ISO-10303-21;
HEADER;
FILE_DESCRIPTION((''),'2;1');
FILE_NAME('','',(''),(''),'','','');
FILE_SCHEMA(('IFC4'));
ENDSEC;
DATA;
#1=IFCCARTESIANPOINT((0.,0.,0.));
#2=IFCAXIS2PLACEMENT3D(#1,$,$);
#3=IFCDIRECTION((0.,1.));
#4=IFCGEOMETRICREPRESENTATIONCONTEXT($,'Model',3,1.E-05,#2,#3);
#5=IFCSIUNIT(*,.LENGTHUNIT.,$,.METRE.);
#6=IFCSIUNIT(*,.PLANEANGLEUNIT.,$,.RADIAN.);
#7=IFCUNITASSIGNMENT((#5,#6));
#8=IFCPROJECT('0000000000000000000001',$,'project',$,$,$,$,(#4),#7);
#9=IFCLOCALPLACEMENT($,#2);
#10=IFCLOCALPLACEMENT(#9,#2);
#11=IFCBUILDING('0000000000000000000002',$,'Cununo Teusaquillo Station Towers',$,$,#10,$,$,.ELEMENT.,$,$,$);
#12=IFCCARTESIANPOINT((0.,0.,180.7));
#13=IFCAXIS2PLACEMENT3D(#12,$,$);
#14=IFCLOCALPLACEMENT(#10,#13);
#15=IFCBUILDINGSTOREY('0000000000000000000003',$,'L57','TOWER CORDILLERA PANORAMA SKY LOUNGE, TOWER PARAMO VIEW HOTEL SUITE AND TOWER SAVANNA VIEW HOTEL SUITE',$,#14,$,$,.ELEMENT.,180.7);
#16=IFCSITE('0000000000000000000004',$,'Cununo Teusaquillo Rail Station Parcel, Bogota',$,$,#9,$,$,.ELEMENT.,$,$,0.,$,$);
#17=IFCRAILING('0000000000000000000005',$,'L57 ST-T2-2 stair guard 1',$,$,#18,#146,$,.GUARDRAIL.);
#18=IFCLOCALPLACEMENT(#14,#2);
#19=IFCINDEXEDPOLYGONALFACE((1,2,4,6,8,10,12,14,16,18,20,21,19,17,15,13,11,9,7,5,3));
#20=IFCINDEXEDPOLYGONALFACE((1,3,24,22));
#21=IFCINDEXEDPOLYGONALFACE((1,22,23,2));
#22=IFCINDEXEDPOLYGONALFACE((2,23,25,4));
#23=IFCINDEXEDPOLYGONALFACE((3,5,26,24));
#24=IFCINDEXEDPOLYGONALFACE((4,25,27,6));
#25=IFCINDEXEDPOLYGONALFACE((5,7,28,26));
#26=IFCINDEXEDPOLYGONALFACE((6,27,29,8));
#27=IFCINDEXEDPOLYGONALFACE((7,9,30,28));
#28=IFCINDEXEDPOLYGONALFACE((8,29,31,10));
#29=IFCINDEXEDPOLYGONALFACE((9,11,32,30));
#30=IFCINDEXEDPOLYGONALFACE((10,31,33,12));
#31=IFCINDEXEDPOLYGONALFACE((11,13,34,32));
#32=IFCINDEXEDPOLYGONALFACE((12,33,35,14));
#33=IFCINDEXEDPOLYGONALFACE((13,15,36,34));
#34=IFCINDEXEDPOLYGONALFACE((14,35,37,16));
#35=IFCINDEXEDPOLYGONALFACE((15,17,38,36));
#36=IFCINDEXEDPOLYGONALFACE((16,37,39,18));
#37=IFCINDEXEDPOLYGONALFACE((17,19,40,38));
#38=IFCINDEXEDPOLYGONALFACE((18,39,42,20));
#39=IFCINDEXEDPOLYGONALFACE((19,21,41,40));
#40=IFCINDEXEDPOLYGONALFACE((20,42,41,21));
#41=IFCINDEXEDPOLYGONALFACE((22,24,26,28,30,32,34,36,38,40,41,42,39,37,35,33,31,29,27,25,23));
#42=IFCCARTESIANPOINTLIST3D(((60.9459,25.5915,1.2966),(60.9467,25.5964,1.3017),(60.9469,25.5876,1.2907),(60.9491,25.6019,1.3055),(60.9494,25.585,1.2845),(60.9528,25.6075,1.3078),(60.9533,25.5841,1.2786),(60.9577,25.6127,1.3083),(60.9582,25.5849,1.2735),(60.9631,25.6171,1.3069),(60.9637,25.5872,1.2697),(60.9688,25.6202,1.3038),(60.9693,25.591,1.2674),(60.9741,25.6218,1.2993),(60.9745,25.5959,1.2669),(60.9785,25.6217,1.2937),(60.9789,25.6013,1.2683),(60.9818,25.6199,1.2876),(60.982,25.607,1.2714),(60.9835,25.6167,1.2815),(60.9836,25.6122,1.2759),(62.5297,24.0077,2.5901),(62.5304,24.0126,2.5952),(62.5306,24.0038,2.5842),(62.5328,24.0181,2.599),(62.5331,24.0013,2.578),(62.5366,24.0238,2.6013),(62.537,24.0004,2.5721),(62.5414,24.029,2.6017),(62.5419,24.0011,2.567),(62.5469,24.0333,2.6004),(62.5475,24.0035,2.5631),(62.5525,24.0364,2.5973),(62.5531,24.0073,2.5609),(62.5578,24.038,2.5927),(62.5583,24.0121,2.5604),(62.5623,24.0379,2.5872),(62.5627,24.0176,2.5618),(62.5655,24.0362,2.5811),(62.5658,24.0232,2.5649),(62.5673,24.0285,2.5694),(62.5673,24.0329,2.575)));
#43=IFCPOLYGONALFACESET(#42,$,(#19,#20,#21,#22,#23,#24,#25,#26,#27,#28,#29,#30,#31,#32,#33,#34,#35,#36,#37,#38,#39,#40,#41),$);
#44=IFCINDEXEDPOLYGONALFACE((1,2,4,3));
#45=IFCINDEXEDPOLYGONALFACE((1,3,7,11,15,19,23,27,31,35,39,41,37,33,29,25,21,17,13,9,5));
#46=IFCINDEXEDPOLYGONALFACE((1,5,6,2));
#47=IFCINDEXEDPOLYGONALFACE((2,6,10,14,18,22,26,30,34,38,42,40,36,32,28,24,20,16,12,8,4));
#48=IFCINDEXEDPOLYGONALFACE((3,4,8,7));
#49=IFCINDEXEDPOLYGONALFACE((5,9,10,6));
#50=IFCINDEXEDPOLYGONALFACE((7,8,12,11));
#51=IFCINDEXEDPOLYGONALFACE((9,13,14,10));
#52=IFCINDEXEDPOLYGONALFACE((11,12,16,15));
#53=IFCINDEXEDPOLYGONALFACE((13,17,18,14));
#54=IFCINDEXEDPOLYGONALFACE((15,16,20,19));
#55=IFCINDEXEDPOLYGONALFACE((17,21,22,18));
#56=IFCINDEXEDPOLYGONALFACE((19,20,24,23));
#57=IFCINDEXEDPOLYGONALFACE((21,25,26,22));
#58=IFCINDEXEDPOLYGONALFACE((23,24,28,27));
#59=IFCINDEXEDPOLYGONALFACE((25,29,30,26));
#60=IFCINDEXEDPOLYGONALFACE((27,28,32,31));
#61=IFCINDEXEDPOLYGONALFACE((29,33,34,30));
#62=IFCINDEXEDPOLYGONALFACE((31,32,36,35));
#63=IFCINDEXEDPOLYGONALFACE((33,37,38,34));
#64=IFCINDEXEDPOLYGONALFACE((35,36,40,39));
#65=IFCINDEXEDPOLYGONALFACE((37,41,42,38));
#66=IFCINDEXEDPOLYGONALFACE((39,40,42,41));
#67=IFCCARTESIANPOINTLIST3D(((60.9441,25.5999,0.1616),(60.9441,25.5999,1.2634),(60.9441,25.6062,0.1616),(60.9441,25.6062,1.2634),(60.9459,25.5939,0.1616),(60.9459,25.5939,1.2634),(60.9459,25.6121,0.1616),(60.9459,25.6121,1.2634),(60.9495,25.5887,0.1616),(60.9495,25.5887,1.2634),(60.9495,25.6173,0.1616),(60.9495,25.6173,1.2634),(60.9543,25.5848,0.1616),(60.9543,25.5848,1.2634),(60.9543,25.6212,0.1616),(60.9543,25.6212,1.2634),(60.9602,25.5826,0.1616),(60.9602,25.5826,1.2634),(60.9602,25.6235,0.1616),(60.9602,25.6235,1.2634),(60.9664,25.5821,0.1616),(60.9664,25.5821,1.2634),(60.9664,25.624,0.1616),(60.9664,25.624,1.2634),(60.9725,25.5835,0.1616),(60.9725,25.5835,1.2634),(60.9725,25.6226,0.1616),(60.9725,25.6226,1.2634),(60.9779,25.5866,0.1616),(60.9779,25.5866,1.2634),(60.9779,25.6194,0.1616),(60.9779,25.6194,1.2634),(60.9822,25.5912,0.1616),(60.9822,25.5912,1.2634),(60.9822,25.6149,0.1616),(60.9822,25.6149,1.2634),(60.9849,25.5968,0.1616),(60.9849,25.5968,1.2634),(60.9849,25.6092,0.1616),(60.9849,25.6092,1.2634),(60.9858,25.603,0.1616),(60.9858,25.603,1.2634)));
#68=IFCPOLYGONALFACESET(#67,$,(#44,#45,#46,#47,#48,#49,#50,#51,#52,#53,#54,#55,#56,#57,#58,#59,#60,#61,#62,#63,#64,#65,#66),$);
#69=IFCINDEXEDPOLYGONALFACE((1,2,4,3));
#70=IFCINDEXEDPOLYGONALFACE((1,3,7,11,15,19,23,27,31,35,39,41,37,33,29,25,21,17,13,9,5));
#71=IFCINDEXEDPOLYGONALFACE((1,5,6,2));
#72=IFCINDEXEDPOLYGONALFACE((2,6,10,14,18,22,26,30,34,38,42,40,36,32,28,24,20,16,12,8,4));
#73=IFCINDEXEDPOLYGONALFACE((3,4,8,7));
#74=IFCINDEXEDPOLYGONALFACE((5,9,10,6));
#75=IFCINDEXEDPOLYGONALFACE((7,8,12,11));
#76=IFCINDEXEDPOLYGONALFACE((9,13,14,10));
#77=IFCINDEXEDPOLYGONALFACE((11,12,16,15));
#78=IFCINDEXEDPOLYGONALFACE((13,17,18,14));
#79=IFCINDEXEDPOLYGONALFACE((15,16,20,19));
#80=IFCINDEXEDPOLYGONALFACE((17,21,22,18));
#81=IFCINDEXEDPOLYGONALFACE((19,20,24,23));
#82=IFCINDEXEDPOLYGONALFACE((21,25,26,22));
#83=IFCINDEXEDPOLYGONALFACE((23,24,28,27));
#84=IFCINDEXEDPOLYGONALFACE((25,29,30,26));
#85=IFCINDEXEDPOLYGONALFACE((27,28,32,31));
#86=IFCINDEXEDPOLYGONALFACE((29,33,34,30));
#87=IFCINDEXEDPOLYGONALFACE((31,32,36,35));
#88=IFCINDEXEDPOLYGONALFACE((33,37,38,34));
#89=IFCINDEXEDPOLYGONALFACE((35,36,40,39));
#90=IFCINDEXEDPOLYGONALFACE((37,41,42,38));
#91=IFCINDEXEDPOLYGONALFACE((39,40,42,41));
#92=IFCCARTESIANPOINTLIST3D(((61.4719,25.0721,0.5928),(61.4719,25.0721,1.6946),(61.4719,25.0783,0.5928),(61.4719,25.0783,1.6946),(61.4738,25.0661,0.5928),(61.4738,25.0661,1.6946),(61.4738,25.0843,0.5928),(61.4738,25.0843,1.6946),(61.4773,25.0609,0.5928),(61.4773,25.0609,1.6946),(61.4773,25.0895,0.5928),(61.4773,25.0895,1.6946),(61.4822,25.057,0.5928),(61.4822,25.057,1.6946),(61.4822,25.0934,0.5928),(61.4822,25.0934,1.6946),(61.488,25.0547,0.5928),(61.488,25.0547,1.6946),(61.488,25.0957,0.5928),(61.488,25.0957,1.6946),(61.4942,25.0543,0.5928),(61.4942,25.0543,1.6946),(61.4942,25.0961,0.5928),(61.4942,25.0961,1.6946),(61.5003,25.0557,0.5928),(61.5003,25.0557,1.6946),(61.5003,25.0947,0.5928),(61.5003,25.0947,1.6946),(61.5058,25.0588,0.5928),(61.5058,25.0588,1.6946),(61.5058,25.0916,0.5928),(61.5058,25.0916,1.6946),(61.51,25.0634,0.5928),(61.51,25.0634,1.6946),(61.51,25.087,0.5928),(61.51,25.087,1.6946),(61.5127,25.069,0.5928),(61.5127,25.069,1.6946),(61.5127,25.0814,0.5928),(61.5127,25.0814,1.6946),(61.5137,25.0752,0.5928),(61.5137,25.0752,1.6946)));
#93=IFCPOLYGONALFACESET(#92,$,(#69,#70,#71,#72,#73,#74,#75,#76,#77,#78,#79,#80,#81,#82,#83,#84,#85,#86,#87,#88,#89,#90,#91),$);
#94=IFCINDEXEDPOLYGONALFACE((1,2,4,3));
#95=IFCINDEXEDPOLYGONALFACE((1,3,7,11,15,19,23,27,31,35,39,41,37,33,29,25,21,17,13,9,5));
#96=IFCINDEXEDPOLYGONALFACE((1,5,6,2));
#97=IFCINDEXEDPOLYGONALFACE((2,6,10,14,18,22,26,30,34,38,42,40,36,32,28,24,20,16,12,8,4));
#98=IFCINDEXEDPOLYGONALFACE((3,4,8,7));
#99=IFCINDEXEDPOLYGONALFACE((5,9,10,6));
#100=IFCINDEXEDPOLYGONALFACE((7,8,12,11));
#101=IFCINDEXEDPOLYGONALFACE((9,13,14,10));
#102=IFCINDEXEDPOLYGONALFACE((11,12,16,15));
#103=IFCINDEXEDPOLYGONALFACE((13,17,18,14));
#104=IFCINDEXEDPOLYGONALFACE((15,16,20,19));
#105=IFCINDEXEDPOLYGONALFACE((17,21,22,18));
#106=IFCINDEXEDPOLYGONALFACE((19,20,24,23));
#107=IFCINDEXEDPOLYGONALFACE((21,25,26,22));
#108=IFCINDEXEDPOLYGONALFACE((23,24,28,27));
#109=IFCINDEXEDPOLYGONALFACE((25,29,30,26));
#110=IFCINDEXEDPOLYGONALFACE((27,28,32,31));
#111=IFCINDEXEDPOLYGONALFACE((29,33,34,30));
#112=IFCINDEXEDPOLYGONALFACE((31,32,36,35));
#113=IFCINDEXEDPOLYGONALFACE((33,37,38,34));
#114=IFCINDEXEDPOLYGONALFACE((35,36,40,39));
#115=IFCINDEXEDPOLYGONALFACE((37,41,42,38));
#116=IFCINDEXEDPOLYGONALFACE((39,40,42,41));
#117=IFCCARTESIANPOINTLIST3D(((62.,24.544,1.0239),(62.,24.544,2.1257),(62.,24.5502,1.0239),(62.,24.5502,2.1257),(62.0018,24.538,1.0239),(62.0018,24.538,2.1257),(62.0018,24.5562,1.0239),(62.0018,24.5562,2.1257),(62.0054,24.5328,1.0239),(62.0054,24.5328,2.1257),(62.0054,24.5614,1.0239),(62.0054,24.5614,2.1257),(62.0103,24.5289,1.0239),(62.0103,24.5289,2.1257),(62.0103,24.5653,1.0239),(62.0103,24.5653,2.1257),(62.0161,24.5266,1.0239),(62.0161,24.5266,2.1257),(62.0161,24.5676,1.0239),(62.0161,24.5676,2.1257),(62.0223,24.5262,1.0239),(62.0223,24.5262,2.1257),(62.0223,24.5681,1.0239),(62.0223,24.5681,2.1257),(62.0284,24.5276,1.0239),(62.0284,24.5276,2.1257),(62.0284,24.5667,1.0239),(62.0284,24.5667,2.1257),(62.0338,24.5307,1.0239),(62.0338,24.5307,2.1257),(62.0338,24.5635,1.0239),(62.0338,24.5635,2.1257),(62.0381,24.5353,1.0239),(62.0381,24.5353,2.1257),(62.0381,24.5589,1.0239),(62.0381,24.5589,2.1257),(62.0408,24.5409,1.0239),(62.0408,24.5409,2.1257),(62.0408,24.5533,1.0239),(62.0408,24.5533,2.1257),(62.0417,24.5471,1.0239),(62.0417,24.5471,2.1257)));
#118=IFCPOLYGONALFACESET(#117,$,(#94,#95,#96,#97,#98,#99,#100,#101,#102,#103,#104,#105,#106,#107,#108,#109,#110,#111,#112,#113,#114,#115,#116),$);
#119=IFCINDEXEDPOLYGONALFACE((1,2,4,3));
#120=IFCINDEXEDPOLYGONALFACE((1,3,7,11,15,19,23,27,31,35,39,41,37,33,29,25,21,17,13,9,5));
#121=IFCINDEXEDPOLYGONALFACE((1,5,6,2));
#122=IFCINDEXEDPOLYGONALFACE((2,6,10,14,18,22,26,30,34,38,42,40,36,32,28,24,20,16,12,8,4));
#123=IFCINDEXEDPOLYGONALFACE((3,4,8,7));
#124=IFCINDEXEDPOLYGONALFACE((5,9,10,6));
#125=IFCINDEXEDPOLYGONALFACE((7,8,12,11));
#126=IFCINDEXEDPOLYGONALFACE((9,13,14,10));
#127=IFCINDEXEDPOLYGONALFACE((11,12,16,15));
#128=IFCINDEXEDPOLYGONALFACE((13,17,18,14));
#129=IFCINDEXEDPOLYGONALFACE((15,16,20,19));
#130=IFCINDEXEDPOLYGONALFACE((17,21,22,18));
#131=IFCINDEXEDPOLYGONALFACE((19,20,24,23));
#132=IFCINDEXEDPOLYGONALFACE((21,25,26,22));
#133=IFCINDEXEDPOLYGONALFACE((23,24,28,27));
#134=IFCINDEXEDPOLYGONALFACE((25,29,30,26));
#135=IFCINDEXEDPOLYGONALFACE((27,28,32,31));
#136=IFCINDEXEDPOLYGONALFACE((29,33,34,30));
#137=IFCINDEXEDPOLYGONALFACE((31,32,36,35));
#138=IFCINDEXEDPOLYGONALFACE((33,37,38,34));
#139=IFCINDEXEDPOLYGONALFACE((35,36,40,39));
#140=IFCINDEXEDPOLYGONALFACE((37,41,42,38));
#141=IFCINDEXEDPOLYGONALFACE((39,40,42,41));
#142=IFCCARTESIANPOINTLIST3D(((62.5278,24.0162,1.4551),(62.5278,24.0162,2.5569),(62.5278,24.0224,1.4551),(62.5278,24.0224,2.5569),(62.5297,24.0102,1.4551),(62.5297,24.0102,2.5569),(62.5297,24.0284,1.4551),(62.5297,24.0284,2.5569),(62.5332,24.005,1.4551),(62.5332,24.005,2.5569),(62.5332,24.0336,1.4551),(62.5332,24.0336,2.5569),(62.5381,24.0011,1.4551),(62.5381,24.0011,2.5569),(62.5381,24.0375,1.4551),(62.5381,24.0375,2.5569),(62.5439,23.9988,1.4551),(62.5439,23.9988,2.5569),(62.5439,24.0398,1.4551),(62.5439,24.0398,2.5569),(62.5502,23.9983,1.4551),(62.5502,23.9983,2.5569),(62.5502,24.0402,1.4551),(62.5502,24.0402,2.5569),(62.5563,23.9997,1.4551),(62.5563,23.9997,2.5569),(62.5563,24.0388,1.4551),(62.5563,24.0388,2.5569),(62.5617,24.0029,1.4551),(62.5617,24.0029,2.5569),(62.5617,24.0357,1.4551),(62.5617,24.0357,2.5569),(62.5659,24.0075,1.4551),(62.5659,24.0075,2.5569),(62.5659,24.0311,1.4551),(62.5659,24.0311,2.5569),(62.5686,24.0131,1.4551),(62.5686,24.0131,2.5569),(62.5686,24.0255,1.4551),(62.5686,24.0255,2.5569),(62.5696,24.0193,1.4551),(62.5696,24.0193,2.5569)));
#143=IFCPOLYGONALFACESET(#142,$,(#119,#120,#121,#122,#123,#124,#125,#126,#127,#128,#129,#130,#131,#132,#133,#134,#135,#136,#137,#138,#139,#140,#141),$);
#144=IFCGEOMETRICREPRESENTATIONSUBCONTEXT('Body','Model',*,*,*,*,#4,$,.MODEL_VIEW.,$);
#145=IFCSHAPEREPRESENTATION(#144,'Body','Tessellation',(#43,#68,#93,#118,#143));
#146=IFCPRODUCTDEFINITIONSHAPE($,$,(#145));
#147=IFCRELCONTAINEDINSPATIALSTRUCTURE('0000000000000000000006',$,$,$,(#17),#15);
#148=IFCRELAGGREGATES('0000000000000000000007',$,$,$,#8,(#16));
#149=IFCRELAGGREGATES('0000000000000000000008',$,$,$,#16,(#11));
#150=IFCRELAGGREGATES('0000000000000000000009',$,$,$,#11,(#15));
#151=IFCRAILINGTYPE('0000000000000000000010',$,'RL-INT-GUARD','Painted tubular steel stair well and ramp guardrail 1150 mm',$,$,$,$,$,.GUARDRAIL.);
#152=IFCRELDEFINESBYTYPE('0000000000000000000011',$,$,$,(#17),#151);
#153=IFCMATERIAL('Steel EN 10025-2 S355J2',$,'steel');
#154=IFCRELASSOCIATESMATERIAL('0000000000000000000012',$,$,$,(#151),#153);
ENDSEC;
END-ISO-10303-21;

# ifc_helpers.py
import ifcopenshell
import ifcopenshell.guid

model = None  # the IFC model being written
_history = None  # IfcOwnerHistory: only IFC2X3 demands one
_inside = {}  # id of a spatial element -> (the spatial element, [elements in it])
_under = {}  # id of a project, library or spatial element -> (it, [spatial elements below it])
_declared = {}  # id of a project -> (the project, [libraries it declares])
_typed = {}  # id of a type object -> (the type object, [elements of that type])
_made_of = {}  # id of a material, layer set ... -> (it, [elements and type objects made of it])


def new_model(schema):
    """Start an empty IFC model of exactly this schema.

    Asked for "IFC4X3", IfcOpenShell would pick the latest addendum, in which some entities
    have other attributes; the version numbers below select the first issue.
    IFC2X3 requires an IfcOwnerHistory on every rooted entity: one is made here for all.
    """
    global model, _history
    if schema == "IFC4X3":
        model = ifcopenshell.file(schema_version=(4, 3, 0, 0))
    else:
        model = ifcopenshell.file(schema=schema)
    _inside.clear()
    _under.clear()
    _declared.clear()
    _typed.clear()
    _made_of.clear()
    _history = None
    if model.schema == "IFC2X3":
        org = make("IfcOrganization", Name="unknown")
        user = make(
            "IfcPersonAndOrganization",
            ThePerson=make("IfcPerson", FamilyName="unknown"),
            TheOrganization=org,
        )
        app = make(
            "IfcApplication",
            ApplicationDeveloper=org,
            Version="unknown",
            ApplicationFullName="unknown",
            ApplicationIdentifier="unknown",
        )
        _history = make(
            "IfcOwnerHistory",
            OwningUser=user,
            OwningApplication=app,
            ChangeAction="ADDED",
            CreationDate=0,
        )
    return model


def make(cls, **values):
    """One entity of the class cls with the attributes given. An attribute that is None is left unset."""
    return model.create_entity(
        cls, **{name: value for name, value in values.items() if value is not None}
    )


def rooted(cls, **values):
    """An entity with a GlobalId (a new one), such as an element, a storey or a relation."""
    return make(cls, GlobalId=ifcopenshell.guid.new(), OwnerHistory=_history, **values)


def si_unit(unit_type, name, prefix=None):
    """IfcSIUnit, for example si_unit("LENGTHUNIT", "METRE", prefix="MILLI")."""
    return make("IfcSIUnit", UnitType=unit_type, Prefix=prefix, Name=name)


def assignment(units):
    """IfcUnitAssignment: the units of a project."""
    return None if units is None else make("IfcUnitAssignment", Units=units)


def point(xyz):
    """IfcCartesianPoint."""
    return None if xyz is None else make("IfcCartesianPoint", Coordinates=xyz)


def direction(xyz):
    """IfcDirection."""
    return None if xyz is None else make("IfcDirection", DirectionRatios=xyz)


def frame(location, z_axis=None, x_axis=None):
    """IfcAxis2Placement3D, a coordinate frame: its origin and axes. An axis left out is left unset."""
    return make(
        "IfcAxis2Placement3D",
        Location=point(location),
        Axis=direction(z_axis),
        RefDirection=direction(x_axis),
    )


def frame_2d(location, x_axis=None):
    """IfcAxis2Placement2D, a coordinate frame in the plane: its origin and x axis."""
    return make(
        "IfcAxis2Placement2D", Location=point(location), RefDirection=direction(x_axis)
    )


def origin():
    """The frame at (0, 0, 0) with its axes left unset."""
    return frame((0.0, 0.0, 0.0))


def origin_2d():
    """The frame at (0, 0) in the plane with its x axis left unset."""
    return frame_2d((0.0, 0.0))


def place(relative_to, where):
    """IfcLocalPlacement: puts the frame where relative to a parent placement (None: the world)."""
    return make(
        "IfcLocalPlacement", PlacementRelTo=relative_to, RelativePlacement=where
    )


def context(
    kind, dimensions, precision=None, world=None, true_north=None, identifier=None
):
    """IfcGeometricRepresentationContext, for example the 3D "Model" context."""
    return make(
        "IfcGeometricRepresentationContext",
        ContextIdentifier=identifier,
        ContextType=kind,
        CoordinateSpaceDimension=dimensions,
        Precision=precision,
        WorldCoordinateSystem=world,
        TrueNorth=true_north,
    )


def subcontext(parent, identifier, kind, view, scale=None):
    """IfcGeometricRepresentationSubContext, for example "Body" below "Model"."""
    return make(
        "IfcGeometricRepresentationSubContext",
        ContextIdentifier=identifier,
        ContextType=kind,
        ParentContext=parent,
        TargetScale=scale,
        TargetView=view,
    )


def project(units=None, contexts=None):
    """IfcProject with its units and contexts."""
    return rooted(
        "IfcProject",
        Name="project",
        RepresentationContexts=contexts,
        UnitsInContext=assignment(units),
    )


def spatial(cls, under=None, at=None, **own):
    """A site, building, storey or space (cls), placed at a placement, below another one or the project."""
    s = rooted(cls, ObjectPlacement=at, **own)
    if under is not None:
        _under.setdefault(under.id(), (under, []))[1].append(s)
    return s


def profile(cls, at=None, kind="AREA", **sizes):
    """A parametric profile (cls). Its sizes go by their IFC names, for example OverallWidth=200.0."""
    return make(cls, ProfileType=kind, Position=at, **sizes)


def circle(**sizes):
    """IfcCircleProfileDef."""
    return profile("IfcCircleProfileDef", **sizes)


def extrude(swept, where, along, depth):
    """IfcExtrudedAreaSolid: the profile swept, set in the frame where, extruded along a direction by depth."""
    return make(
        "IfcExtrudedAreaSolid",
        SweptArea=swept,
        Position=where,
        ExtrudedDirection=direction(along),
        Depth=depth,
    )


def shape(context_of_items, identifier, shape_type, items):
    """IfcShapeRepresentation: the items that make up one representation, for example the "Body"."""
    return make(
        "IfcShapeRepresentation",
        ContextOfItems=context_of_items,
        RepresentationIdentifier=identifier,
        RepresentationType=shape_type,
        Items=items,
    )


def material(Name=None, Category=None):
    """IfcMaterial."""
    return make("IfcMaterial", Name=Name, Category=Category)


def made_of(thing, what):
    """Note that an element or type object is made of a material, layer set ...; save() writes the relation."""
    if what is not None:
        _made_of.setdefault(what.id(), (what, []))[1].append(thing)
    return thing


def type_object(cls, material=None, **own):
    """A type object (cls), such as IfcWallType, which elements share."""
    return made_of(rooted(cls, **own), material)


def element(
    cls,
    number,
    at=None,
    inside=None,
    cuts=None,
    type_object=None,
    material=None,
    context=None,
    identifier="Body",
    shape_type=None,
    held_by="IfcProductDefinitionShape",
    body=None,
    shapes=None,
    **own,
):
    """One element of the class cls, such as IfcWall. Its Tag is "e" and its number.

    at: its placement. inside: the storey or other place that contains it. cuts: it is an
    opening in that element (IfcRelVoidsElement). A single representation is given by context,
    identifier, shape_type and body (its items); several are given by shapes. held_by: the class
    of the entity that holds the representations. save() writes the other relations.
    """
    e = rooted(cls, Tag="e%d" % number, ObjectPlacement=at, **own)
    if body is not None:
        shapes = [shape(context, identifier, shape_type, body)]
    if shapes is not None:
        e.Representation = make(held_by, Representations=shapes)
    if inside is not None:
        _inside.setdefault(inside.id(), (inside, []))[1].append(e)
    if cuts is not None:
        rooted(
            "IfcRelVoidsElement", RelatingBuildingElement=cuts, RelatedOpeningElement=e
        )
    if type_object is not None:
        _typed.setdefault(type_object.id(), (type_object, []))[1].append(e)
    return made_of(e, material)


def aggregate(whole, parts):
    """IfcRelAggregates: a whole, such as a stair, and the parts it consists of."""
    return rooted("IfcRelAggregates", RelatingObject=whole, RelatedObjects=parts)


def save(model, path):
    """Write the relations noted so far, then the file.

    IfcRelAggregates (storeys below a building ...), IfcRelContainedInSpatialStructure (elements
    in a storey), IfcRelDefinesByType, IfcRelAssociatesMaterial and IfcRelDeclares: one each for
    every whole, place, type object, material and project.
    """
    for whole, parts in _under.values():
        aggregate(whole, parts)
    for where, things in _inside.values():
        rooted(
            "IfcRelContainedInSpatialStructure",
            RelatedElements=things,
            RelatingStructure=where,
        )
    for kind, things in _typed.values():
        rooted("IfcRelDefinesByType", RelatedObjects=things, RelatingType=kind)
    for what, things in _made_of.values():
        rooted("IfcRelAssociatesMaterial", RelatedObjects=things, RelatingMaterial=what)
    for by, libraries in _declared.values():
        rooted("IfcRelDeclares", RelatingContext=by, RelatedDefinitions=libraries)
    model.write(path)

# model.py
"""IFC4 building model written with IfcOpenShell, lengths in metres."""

from ifc_helpers import new_model, si_unit, direction, frame, origin, origin_2d, place, context, subcontext, project, spatial, circle, extrude, material, type_object, element, save


model = new_model("IFC4")

# Units and contexts
model_context = context("Model", 3, precision=1e-05, world=origin(), true_north=direction((0.0, 1.0)))
body_context = subcontext(model_context, "Body", "Model", "MODEL_VIEW")
ifc_project = project(units=[si_unit("LENGTHUNIT", "METRE"), si_unit("PLANEANGLEUNIT", "RADIAN")], contexts=[model_context])

# Site, building, storey
site_placement = place(None, origin())
site = spatial("IfcSite", under=ifc_project, at=site_placement, Name="Cununo Teusaquillo Rail Station Parcel, Bogota", CompositionType="ELEMENT", RefElevation=0.0)
building_placement = place(site_placement, origin())
building = spatial("IfcBuilding", under=site, at=building_placement, Name="Cununo Teusaquillo Station Towers", CompositionType="ELEMENT")
storey_placement = place(building_placement, frame((0.0, 0.0, 180.7)))
storey = spatial("IfcBuildingStorey", under=building, at=storey_placement, Name="L57", Description="TOWER CORDILLERA PANORAMA SKY LOUNGE, TOWER PARAMO VIEW HOTEL SUITE AND TOWER SAVANNA VIEW HOTEL SUITE", CompositionType="ELEMENT", Elevation=180.7)

# Railing
ifc_material_1 = material(Name="Steel EN 10025-2 S355J2", Category="steel")
railing_type_1 = type_object("IfcRailingType", Name="RL-INT-GUARD", Description="Painted tubular steel stair well and ramp guardrail 1150 mm", PredefinedType="GUARDRAIL", material=ifc_material_1)
railing_1_placement = place(storey_placement, frame((60.9648, 25.603, 0.1616)))
element("IfcRailing", 1, at=railing_1_placement, inside=storey, type_object=railing_type_1, Name="L57 ST-T2-2 stair guard 1", PredefinedType="GUARDRAIL", context=body_context, shape_type="SweptSolid", body=[
    extrude(circle(Radius=0.0239, at=origin_2d()), frame((0.0, 0.0, 1.126), z_axis=(0.612332, -0.612332, 0.500098), x_axis=(0.707107, 0.707107, 0.0)), (0.0, 0.0, 1.0), 2.5864),
    extrude(circle(Radius=0.021, at=origin_2d()), origin(), (0.0, 0.0, 1.0), 1.1018),
    extrude(circle(Radius=0.021, at=origin_2d()), frame((0.5278, -0.5278, 0.4312)), (0.0, 0.0, 1.0), 1.1018),
    extrude(circle(Radius=0.021, at=origin_2d()), frame((1.0559, -1.0559, 0.8623)), (0.0, 0.0, 1.0), 1.1018),
    extrude(circle(Radius=0.021, at=origin_2d()), frame((1.5837, -1.5837, 1.2935)), (0.0, 0.0, 1.0), 1.1018),
])

save(model, "model.ifc")
